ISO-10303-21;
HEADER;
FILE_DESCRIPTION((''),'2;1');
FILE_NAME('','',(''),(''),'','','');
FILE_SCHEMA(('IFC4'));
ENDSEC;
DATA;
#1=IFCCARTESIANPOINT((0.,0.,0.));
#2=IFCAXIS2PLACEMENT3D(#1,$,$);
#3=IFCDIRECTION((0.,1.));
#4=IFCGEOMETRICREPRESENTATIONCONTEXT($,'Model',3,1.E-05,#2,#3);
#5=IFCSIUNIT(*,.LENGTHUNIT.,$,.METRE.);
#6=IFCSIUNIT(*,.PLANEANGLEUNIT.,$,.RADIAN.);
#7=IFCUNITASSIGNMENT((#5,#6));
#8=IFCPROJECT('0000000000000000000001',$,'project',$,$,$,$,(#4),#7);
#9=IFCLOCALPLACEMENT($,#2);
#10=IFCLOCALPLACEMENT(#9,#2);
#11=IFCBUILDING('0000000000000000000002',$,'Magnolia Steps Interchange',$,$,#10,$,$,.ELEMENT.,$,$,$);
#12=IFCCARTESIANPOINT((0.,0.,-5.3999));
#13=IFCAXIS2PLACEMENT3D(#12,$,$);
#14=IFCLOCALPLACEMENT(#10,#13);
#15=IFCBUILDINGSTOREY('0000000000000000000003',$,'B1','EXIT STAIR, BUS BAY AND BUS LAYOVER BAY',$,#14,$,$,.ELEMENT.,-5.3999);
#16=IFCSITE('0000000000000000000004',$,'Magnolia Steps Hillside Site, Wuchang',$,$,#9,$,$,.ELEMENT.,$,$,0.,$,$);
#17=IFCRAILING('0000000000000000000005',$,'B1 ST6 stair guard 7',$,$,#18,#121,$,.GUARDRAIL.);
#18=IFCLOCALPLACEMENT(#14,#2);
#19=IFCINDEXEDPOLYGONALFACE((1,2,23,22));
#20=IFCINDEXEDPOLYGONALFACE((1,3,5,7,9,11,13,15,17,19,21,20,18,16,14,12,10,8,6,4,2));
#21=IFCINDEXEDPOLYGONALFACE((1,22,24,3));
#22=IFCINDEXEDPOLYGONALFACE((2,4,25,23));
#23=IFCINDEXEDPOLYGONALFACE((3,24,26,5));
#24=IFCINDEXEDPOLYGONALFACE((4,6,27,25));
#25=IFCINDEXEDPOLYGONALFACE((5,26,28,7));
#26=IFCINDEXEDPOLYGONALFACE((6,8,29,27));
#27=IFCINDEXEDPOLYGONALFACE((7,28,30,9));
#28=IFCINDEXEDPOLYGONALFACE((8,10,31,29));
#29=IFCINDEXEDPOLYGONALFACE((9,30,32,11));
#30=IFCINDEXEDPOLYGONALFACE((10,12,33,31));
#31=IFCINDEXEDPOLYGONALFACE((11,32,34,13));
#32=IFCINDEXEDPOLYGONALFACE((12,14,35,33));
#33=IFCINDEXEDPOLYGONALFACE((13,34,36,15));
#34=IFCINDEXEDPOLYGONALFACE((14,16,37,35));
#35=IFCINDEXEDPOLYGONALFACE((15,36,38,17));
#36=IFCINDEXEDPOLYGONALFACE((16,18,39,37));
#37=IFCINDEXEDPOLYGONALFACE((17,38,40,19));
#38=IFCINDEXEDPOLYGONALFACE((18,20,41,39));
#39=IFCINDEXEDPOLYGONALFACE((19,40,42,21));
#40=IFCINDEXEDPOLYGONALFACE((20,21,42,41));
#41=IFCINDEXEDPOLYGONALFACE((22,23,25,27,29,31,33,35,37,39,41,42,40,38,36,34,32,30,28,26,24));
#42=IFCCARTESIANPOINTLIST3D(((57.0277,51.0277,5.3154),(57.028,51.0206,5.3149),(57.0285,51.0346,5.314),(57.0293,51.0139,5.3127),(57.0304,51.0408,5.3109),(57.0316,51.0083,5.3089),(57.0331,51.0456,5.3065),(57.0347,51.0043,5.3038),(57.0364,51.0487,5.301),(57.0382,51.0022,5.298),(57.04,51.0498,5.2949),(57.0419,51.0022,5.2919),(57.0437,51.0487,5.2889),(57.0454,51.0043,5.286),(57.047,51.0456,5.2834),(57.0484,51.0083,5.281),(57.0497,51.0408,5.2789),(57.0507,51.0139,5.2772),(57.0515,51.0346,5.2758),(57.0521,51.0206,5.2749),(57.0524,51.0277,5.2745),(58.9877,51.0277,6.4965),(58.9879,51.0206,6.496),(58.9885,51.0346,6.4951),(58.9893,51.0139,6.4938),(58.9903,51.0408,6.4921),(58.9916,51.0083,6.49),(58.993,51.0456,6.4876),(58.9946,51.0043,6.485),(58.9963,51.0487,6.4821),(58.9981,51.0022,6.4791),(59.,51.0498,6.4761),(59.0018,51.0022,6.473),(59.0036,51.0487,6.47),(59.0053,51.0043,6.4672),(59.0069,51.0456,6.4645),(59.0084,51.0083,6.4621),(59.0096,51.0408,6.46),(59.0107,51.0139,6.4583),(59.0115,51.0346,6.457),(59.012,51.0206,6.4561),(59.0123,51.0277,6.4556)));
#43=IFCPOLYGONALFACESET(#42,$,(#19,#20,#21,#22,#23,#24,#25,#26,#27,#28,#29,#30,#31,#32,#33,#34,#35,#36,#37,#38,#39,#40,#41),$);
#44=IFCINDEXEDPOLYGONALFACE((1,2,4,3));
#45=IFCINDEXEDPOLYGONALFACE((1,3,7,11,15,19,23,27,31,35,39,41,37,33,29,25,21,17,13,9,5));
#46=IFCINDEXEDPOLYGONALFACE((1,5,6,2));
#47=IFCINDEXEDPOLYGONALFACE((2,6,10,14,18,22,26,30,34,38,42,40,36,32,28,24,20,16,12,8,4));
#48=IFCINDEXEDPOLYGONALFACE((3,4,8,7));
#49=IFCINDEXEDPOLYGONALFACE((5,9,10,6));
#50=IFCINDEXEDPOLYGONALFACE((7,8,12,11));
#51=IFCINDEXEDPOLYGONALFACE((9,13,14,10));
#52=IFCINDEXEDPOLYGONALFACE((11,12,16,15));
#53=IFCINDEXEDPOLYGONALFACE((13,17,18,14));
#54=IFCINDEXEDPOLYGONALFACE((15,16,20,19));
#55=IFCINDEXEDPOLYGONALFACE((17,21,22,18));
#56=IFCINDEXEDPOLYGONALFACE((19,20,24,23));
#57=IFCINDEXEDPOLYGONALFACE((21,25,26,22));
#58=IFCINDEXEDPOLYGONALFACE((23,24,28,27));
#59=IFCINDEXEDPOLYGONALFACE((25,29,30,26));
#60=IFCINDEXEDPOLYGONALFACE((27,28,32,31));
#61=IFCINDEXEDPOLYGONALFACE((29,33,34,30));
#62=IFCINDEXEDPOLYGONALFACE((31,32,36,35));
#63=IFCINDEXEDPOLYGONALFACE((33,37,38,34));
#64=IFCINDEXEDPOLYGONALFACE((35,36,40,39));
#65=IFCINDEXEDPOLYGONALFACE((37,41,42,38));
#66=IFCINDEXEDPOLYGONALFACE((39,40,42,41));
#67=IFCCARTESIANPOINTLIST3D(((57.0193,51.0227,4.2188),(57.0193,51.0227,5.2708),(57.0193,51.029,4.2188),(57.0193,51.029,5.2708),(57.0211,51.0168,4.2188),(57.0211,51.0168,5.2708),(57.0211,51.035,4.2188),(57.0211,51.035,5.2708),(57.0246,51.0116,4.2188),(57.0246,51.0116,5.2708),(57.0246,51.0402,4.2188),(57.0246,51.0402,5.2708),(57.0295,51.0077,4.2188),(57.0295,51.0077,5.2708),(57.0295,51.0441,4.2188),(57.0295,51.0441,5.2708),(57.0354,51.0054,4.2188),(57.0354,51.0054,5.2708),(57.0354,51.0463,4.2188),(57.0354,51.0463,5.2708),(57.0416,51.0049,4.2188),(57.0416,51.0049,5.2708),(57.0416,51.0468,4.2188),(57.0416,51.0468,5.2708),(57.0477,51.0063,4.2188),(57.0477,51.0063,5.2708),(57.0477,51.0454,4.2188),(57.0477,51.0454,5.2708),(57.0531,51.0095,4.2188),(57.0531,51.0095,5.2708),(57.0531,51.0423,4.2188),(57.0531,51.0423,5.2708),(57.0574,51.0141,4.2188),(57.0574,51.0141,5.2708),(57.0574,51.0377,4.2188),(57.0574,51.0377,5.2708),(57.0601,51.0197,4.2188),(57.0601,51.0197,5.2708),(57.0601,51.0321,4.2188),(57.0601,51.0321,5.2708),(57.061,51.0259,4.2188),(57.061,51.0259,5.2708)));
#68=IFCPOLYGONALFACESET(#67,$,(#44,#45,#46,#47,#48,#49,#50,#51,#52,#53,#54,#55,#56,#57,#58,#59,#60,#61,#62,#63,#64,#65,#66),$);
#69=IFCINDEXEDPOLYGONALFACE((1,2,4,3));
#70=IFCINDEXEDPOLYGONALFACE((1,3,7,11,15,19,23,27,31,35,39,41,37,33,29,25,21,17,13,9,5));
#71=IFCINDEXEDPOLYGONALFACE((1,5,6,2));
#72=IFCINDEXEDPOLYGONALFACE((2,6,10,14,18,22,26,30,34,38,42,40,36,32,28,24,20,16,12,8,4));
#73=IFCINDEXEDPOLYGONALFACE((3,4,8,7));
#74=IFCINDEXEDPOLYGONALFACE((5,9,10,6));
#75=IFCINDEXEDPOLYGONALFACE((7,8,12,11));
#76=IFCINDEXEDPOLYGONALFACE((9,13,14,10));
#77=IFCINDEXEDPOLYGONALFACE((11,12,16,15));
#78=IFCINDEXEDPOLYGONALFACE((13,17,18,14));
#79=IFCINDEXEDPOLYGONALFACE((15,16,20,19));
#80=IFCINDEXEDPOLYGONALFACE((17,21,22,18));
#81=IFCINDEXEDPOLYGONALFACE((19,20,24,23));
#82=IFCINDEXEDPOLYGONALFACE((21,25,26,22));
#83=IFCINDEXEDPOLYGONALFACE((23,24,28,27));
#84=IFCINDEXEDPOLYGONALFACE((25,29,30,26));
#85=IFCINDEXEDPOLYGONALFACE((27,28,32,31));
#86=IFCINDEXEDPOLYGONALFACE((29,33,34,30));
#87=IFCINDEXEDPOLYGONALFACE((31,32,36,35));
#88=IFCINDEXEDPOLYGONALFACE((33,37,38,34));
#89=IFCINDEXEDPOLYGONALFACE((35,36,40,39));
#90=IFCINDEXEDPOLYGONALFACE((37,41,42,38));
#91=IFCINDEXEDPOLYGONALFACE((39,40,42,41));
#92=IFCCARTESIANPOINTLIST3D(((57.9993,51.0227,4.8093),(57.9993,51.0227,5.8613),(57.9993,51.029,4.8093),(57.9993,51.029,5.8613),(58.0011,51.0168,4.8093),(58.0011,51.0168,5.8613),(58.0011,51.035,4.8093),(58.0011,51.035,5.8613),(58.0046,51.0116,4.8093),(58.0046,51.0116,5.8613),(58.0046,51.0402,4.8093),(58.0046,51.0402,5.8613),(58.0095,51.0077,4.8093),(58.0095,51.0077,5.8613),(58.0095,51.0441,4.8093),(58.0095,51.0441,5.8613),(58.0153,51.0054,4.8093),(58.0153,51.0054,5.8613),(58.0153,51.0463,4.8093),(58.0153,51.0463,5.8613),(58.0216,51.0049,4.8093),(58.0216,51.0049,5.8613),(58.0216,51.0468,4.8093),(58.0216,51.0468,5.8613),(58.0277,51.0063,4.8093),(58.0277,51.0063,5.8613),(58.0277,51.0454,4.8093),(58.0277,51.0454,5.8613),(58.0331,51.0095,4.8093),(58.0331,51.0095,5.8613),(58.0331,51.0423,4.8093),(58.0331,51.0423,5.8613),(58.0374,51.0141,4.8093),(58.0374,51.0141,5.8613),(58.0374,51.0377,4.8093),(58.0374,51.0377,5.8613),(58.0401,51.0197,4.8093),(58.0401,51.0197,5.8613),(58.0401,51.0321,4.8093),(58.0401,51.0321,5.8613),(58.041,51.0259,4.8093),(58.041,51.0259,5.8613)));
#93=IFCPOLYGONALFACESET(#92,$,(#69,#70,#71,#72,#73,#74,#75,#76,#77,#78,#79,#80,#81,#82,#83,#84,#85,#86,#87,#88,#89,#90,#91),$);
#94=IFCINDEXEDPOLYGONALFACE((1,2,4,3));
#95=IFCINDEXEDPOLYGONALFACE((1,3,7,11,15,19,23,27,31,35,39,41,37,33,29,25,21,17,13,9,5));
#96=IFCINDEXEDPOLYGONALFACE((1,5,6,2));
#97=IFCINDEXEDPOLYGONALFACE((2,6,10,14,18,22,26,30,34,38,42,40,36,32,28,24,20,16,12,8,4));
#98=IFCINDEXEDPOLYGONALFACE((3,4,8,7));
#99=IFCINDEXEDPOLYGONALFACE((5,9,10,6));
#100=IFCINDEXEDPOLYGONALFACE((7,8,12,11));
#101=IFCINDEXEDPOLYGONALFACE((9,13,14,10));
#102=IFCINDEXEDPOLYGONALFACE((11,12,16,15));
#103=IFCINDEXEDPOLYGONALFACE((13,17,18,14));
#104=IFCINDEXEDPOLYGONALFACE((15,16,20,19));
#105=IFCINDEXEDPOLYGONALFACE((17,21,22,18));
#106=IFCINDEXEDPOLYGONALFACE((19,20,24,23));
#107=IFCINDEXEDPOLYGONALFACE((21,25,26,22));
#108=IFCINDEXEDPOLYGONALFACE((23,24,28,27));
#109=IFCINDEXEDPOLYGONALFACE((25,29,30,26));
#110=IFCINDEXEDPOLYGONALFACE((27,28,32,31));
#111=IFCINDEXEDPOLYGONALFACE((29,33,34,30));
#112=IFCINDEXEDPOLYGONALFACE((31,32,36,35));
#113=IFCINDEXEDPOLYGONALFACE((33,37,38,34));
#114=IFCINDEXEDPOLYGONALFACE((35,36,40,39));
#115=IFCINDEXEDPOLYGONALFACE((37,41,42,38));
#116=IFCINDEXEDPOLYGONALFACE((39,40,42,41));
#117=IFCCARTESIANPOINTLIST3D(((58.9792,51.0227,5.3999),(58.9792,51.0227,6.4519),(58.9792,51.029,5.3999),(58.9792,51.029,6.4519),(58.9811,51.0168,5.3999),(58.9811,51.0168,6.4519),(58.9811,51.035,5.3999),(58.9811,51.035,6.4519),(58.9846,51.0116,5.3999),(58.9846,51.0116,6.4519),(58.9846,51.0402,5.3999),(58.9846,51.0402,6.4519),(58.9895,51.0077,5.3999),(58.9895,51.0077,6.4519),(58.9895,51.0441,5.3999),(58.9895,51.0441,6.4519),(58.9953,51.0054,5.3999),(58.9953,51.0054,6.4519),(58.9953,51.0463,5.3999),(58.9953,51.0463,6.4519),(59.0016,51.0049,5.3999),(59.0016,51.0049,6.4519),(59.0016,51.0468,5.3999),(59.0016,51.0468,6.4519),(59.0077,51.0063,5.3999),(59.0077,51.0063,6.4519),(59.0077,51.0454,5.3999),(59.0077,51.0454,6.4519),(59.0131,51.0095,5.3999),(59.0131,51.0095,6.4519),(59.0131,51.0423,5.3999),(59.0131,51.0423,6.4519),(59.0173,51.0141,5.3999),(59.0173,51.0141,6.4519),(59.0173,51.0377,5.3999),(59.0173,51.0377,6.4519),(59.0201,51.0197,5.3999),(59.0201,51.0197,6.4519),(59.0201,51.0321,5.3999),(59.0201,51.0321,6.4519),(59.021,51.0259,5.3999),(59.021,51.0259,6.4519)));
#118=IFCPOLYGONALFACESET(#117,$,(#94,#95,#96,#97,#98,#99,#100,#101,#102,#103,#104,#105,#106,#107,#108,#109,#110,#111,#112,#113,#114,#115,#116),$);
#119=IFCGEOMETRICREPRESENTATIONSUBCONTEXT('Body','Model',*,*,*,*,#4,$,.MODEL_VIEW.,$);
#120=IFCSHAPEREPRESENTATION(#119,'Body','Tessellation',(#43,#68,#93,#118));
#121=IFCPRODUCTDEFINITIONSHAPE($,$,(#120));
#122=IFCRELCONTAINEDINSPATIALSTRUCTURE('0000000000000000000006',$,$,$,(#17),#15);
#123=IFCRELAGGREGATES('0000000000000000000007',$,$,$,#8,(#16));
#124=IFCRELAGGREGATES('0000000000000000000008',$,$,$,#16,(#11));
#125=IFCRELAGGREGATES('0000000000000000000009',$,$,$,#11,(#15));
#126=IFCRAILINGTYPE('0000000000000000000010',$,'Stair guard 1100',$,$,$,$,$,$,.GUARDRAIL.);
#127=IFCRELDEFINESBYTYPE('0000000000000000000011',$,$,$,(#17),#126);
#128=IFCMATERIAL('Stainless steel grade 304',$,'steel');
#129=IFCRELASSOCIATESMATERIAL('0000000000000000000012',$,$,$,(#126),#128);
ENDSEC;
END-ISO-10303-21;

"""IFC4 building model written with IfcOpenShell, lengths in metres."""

from ifc_helpers import new_model, si_unit, direction, frame, origin, origin_2d, place, context, subcontext, project, spatial, circle, extrude, material, type_object, element, save


model = new_model("IFC4")

# Units and contexts
model_context = context("Model", 3, precision=1e-05, world=origin(), true_north=direction((0.0, 1.0)))
body_context = subcontext(model_context, "Body", "Model", "MODEL_VIEW")
ifc_project = project(units=[si_unit("LENGTHUNIT", "METRE"), si_unit("PLANEANGLEUNIT", "RADIAN")], contexts=[model_context])

# Site, building, storey
site_placement = place(None, origin())
site = spatial("IfcSite", under=ifc_project, at=site_placement, Name="Magnolia Steps Hillside Site, Wuchang", CompositionType="ELEMENT", RefElevation=0.0)
building_placement = place(site_placement, origin())
building = spatial("IfcBuilding", under=site, at=building_placement, Name="Magnolia Steps Interchange", CompositionType="ELEMENT")
storey_placement = place(building_placement, frame((0.0, 0.0, -5.3999)))
storey = spatial("IfcBuildingStorey", under=building, at=storey_placement, Name="B1", Description="EXIT STAIR, BUS BAY AND BUS LAYOVER BAY", CompositionType="ELEMENT", Elevation=-5.3999)

# Railing
ifc_material_1 = material(Name="Stainless steel grade 304", Category="steel")
railing_type_1 = type_object("IfcRailingType", Name="Stair guard 1100", PredefinedType="GUARDRAIL", material=ifc_material_1)
railing_1_placement = place(storey_placement, frame((57.04, 51.0259, 4.2188)))
element("IfcRailing", 1, at=railing_1_placement, inside=storey, type_object=railing_type_1, Name="B1 ST6 stair guard 7", PredefinedType="GUARDRAIL", context=body_context, shape_type="SweptSolid", body=[
    extrude(circle(Radius=0.0239, at=origin_2d()), frame((0.0, 0.0, 1.0762), z_axis=(0.856493, 0.0, 0.516158), x_axis=(0.0, 1.0, 0.0)), (0.0, 0.0, 1.0), 2.2883),
    extrude(circle(Radius=0.021, at=origin_2d()), origin(), (0.0, 0.0, 1.0), 1.052),
    extrude(circle(Radius=0.021, at=origin_2d()), frame((0.98, 0.0, 0.5906)), (0.0, 0.0, 1.0), 1.052),
    extrude(circle(Radius=0.021, at=origin_2d()), frame((1.96, 0.0, 1.1812)), (0.0, 0.0, 1.0), 1.052),
])

save(model, "model.ifc")
